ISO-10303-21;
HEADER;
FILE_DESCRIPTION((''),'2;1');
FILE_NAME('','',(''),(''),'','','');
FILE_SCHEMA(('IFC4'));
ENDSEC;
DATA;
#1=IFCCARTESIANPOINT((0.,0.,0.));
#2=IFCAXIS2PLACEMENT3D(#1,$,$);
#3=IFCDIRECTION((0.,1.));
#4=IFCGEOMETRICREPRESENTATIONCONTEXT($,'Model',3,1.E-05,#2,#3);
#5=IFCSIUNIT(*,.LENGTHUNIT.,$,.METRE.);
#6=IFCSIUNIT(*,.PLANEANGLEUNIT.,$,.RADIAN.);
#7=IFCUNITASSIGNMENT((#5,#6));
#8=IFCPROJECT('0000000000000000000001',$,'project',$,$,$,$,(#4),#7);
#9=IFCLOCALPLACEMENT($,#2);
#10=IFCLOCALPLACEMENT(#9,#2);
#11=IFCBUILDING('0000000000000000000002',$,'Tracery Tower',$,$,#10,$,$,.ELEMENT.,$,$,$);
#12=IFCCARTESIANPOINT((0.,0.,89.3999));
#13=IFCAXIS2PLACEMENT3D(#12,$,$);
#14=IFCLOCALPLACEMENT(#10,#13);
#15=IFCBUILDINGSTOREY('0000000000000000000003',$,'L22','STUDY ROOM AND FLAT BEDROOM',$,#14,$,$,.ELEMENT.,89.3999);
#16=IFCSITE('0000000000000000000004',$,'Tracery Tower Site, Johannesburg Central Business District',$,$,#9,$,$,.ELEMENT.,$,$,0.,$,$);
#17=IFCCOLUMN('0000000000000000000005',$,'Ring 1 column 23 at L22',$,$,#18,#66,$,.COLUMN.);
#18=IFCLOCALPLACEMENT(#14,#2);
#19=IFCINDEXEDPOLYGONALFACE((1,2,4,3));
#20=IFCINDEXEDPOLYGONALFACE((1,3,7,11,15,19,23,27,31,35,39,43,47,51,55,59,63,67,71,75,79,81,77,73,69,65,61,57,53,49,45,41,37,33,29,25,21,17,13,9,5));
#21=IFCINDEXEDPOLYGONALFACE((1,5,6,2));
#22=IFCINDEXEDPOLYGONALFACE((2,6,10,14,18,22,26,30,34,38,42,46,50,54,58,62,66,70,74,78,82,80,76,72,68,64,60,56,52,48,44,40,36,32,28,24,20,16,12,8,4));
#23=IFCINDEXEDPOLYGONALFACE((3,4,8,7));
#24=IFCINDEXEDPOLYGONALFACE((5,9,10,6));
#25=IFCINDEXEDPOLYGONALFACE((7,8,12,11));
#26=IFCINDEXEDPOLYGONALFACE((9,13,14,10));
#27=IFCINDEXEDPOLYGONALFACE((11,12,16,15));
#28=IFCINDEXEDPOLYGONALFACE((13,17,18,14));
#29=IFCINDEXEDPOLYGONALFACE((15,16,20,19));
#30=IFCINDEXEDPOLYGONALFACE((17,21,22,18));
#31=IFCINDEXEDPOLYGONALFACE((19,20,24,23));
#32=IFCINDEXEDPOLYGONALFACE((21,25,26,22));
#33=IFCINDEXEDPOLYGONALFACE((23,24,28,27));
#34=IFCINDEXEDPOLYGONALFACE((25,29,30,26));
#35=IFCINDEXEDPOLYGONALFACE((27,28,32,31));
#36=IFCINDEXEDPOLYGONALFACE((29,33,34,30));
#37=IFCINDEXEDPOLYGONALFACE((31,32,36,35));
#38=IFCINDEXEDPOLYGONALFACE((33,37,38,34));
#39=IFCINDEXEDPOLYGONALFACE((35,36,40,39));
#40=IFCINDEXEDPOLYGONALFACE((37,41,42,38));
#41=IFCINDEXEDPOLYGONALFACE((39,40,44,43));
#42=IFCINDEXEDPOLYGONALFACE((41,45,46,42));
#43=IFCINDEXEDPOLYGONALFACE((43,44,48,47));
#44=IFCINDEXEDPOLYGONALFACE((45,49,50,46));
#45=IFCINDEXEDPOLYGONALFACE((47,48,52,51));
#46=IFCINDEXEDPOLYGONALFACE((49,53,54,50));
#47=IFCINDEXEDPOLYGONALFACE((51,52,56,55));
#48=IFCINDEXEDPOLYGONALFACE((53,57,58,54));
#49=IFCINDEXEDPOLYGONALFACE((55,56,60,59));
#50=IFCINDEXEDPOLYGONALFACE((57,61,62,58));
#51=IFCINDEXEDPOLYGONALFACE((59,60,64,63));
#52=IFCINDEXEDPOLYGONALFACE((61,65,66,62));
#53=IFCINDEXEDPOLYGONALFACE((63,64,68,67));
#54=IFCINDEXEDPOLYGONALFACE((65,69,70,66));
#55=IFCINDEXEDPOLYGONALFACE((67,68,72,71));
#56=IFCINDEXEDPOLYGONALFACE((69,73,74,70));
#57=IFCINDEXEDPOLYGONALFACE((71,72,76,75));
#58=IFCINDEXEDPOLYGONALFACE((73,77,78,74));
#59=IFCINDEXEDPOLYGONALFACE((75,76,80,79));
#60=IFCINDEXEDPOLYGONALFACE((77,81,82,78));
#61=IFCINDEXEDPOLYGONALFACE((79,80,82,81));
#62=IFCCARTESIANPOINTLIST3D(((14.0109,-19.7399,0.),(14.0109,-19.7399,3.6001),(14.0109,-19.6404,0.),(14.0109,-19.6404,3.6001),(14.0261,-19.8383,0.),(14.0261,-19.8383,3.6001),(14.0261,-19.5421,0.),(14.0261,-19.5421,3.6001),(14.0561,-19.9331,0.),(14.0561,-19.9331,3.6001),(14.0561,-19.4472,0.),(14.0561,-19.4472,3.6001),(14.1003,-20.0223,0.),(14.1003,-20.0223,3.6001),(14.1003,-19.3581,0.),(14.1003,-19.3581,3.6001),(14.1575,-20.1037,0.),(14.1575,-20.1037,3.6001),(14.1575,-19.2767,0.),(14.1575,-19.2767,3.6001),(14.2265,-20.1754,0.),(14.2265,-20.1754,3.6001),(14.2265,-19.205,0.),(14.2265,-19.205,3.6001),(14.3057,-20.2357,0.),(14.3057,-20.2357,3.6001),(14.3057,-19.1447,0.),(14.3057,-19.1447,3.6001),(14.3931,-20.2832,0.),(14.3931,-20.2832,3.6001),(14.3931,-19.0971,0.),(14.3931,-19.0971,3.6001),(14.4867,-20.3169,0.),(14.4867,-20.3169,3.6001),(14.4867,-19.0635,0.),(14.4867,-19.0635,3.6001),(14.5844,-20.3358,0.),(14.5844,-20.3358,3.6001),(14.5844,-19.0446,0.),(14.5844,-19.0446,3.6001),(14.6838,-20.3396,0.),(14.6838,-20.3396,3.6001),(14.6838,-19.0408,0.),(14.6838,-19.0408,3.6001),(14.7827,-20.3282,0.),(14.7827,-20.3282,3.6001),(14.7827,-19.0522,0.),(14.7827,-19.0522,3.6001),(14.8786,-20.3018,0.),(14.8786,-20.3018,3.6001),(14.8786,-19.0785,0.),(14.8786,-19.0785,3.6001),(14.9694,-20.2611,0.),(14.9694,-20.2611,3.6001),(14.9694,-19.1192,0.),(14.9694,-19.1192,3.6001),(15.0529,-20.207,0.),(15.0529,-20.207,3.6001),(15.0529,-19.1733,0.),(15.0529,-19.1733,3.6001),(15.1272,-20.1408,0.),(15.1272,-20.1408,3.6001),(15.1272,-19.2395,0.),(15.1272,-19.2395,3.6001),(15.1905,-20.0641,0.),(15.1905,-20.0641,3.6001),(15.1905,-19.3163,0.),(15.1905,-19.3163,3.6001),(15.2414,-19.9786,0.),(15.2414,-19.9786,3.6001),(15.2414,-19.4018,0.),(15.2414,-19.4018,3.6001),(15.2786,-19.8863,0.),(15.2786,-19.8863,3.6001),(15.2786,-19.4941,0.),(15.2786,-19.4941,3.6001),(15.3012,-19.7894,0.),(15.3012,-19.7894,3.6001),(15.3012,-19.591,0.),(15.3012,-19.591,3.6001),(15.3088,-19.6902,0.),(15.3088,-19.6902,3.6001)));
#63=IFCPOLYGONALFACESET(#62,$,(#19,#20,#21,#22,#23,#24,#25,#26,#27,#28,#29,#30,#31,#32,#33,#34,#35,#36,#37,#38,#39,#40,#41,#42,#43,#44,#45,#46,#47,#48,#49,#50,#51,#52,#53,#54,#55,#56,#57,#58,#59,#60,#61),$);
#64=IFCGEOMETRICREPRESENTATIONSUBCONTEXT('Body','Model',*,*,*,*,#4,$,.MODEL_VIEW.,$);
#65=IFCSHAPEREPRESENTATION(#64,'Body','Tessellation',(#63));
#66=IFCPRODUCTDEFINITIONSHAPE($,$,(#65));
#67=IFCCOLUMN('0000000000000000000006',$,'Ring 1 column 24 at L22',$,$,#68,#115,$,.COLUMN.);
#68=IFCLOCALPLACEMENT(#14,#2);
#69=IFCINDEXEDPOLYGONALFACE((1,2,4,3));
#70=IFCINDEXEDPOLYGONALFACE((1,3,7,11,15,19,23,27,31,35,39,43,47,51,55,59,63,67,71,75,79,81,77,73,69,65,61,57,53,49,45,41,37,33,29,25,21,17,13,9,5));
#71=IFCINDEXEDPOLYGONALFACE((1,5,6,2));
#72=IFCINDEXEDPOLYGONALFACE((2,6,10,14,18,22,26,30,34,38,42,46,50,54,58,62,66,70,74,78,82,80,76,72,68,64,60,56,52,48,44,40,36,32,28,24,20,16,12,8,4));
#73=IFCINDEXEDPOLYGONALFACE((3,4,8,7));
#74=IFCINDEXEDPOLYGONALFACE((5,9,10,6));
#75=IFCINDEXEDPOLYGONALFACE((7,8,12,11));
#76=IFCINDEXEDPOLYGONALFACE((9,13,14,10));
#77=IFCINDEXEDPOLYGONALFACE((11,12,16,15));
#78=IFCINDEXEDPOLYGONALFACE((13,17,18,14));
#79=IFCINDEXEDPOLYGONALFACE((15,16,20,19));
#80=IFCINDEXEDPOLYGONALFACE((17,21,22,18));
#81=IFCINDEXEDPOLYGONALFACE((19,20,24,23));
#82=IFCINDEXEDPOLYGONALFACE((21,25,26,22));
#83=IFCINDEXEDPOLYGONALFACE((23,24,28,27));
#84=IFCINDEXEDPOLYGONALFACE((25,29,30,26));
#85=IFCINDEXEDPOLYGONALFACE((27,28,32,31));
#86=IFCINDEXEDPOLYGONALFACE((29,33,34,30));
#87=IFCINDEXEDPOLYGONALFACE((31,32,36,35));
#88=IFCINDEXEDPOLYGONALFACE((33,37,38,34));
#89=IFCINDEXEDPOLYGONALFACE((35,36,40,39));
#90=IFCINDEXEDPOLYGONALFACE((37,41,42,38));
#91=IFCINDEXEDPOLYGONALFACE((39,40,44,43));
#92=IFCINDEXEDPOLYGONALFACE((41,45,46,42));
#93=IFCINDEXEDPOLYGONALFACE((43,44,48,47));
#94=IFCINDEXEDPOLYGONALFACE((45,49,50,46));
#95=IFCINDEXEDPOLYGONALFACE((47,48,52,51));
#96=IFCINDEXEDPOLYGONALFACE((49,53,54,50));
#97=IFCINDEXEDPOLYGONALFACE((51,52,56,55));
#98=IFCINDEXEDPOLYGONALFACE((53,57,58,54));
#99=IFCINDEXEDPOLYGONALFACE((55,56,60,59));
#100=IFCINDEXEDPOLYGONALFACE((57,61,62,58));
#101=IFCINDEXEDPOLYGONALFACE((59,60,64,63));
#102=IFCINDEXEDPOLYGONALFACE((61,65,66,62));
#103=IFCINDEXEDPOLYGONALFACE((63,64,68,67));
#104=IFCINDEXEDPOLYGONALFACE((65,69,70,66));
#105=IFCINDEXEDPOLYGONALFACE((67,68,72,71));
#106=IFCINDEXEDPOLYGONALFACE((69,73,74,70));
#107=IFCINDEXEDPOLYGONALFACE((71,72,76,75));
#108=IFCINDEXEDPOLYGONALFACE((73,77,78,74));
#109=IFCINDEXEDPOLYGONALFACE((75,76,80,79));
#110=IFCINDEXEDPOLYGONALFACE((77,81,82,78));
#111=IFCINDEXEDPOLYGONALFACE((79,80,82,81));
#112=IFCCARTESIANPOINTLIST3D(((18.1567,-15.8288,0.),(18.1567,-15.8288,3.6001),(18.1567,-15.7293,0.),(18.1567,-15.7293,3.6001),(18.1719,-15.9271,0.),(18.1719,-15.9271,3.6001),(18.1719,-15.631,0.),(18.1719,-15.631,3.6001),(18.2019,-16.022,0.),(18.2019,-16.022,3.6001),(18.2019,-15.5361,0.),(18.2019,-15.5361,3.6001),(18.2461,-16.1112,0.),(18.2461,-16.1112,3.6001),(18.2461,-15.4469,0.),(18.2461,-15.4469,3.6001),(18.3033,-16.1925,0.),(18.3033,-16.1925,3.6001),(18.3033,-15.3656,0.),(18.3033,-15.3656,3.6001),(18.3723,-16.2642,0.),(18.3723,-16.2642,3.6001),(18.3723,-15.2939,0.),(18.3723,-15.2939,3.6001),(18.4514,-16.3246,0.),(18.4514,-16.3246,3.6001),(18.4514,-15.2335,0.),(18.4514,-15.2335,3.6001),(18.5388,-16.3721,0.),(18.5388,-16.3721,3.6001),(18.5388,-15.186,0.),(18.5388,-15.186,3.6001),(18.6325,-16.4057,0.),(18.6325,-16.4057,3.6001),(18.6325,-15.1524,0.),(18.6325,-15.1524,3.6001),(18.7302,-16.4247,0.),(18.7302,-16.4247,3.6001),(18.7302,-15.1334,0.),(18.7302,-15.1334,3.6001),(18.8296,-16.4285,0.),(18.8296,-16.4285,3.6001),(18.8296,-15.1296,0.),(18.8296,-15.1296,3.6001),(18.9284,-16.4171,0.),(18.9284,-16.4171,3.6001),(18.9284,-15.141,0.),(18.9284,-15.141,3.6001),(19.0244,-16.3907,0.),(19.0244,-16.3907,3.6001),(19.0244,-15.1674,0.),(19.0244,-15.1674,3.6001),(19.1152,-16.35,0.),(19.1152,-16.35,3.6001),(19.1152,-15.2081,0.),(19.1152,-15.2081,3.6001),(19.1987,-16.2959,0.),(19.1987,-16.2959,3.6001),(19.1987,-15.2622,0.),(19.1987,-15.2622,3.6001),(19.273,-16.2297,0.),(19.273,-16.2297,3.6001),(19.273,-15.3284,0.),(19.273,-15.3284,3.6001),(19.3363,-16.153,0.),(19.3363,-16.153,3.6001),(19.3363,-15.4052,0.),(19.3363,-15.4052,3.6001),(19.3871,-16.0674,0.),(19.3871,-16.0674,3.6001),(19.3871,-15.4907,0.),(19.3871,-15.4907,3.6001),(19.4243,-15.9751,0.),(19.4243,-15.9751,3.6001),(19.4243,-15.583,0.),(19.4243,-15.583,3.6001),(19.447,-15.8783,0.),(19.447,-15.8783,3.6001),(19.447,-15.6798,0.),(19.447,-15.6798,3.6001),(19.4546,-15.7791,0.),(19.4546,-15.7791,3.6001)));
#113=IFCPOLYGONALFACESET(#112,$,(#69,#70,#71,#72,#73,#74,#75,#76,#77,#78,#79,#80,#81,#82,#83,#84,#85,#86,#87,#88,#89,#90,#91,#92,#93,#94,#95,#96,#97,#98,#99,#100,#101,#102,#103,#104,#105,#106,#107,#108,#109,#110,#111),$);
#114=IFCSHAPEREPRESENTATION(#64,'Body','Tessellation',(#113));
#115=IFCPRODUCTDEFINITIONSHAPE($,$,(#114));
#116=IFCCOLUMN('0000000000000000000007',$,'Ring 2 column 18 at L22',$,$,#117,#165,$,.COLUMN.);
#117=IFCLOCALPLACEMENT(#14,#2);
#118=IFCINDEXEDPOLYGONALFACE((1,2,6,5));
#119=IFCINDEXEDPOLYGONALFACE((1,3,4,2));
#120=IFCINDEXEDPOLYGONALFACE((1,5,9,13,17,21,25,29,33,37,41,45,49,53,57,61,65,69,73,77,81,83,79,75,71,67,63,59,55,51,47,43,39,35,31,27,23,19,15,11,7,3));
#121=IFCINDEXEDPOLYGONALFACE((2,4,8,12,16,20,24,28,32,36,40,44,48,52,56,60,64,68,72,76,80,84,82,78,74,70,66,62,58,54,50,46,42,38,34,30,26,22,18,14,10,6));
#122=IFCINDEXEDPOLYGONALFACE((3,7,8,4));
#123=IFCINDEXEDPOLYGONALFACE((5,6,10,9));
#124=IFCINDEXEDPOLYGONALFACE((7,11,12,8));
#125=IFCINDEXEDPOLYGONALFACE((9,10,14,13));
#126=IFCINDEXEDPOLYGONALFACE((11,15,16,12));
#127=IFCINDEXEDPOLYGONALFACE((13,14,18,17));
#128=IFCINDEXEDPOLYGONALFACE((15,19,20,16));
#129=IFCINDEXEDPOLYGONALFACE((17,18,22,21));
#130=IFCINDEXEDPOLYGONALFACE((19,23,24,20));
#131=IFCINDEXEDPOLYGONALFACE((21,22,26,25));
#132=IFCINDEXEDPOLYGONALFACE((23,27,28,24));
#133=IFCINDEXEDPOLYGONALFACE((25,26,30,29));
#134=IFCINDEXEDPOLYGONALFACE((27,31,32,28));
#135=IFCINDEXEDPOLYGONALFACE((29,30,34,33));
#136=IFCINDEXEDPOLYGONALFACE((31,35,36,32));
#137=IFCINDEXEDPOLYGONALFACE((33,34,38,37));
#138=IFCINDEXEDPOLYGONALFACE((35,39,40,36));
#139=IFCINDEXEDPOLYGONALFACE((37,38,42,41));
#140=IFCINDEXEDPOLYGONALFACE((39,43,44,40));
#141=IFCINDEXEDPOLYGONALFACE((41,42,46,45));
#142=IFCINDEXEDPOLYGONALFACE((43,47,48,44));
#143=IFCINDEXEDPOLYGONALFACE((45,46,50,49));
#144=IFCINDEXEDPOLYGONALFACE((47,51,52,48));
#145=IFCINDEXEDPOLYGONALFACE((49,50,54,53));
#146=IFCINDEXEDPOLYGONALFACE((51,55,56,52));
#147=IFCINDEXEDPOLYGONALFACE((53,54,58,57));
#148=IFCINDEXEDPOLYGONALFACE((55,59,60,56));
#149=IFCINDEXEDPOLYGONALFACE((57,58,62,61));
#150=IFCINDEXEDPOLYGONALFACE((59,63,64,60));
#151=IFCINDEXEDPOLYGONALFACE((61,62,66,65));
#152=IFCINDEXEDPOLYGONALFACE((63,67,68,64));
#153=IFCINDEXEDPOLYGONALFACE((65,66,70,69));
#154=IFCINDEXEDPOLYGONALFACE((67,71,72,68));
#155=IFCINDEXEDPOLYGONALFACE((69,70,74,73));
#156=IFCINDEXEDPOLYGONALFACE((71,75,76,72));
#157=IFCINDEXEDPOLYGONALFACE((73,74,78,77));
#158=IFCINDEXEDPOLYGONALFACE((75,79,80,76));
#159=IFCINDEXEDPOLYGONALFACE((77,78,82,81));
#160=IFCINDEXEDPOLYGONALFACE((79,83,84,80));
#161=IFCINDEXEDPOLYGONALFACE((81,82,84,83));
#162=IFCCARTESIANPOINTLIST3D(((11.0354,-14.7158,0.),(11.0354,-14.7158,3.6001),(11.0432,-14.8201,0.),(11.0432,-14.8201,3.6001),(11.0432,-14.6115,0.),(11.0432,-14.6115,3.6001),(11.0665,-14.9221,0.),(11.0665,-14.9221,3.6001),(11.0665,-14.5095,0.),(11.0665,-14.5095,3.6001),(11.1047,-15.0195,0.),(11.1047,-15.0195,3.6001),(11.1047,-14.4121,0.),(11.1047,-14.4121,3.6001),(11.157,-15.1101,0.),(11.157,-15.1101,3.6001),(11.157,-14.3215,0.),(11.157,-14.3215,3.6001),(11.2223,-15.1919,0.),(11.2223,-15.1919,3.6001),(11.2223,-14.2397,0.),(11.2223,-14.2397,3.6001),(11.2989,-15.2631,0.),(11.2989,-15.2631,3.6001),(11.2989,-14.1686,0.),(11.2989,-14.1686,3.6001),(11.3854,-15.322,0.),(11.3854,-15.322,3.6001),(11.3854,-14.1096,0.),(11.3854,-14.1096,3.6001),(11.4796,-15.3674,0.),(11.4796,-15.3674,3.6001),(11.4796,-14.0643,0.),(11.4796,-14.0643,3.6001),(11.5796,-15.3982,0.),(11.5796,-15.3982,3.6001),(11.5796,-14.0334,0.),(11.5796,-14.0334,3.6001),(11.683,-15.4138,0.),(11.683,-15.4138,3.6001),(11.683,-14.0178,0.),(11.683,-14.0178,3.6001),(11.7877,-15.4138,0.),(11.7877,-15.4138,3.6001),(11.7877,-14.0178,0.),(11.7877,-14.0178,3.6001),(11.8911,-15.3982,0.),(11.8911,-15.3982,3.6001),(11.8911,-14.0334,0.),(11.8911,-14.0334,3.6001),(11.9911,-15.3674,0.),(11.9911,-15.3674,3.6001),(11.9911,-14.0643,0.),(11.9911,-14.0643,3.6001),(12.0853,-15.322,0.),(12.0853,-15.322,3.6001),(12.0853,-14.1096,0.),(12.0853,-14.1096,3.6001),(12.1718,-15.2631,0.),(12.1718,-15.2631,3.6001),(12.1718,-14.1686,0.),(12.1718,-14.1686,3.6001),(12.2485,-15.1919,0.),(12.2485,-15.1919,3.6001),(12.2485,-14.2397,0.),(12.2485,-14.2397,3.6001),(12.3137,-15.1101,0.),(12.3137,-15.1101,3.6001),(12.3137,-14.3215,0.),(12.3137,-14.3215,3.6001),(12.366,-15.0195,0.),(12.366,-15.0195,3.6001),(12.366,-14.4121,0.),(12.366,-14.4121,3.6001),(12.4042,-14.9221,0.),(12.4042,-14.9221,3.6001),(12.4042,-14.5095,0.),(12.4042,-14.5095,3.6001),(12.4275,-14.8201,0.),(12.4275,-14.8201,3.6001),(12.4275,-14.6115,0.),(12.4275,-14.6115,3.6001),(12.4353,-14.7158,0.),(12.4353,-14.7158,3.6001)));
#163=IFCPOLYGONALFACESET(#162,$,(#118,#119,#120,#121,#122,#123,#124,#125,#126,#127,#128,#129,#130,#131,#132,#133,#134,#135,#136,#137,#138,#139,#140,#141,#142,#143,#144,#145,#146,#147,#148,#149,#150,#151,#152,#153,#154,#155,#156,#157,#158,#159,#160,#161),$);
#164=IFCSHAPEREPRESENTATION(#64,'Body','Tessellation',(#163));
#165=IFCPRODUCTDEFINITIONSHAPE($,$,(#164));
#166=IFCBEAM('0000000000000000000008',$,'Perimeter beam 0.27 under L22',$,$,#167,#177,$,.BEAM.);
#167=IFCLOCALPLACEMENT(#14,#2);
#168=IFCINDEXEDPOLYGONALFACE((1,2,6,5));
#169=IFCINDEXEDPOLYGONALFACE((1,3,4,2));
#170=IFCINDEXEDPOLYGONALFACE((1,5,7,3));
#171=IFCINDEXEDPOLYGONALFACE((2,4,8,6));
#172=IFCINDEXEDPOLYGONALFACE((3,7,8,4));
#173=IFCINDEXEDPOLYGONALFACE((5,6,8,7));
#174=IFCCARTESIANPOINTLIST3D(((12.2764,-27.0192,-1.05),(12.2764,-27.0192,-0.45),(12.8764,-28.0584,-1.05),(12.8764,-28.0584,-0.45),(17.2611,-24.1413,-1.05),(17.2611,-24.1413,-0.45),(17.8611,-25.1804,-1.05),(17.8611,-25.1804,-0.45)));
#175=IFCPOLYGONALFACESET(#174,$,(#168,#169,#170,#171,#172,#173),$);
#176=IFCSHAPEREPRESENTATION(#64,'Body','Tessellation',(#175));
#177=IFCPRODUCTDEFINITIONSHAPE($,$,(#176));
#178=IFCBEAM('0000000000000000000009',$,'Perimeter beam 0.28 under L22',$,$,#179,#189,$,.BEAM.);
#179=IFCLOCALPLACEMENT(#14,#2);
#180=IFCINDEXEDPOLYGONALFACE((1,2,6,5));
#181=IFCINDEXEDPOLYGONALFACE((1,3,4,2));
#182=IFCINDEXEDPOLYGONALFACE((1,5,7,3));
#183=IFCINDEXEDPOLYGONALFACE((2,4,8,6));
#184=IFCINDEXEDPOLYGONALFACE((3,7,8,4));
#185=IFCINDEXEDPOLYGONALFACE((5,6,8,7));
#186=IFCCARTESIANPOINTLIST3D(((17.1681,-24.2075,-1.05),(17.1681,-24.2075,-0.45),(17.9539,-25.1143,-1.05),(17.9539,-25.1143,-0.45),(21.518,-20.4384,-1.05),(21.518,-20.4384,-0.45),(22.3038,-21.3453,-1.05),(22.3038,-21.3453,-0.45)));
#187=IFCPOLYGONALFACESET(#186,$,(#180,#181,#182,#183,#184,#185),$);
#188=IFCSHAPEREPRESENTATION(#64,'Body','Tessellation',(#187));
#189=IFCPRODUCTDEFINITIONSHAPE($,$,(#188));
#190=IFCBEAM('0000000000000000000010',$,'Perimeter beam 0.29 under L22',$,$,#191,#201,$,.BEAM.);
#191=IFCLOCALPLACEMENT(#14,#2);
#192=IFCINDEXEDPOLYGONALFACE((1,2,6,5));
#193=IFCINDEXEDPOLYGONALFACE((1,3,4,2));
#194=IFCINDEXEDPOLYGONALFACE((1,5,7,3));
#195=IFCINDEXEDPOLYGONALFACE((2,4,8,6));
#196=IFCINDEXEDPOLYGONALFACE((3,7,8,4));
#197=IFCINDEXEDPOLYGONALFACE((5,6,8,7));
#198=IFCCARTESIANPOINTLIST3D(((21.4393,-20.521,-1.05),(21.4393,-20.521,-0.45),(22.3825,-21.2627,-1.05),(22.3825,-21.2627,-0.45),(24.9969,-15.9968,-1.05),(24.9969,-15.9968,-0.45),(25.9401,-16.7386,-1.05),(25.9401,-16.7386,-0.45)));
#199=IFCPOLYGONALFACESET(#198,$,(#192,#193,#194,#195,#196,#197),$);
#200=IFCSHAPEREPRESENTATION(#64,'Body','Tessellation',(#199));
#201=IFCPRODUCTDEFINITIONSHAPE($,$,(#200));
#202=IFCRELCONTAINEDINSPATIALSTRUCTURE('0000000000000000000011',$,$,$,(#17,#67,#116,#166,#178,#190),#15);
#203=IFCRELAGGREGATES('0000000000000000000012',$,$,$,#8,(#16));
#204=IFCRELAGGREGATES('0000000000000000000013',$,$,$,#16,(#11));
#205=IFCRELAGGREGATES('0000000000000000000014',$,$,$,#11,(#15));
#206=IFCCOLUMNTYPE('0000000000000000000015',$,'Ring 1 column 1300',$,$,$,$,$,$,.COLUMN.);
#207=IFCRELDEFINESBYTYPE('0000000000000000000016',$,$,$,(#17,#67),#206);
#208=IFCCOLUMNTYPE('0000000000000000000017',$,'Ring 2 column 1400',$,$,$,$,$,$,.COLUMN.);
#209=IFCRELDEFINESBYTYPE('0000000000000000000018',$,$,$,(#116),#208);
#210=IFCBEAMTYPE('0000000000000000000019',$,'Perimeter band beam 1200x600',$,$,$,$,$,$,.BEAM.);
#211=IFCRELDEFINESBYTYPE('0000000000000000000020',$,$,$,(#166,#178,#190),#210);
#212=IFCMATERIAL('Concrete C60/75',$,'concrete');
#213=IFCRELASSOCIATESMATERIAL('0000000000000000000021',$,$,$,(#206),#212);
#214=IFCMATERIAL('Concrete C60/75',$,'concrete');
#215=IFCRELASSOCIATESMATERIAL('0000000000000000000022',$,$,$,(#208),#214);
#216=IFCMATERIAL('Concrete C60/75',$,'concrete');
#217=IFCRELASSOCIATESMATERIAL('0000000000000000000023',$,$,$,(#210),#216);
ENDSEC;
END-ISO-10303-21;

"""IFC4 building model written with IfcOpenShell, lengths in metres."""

from ifc_helpers import new_model, si_unit, direction, frame, origin, origin_2d, place, context, subcontext, project, spatial, rectangle, circle, extrude, material, material_profile, profile_set, type_object, element, save


model = new_model("IFC4")

# Units and contexts
model_context = context("Model", 3, precision=1e-05, world=origin(), true_north=direction((0.0, 1.0)))
body_context = subcontext(model_context, "Body", "Model", "MODEL_VIEW")
ifc_project = project(units=[si_unit("LENGTHUNIT", "METRE"), si_unit("PLANEANGLEUNIT", "RADIAN")], contexts=[model_context])

# Site, building, storey
site_placement = place(None, origin())
site = spatial("IfcSite", under=ifc_project, at=site_placement, Name="Tracery Tower Site, Johannesburg Central Business District", CompositionType="ELEMENT", RefElevation=0.0)
building_placement = place(site_placement, origin())
building = spatial("IfcBuilding", under=site, at=building_placement, Name="Tracery Tower", CompositionType="ELEMENT")
storey_placement = place(building_placement, frame((0.0, 0.0, 89.3999)))
storey = spatial("IfcBuildingStorey", under=building, at=storey_placement, Name="L22", Description="STUDY ROOM AND FLAT BEDROOM", CompositionType="ELEMENT", Elevation=89.3999)

# Columns
ifc_material_1 = material(Name="Concrete C60/75", Category="concrete")
ifc_material_profile_1 = material_profile(ifc_material_1, circle(Radius=0.6499, at=origin_2d()), Name="RC D1300")
ifc_profile_set_1 = profile_set([ifc_material_profile_1], Name="Concrete C60/75")
column_type_1 = type_object("IfcColumnType", Name="Ring 1 column 1300", PredefinedType="COLUMN", material=ifc_profile_set_1)
for number, where, z_axis, x_axis, name in (
    (1, (14.6589, -19.6902, 0.0), (0.0, 0.0, 1.0), (1.0, 0.0, 0.0), "Ring 1 column 23 at L22"),
    (2, (18.8047, -15.7791, 0.0), (0.0, 0.0, 1.0), (1.0, 0.0, 0.0), "Ring 1 column 24 at L22"),
):
    element("IfcColumn", number, at=place(storey_placement, frame(where, z_axis=z_axis, x_axis=x_axis)), inside=storey, type_object=column_type_1, Name=name, PredefinedType="COLUMN", context=body_context, shape_type="SweptSolid", body=[
        extrude(circle(Radius=0.6499, at=origin_2d()), origin(), (0.0, 0.0, 1.0), 3.6001),
    ])
ifc_material_2 = material(Name="Concrete C60/75", Category="concrete")
ifc_material_profile_2 = material_profile(ifc_material_2, circle(Radius=0.7, at=origin_2d()), Name="RC D1400")
ifc_profile_set_2 = profile_set([ifc_material_profile_2], Name="Concrete C60/75")
column_type_2 = type_object("IfcColumnType", Name="Ring 2 column 1400", PredefinedType="COLUMN", material=ifc_profile_set_2)
column_placement = place(storey_placement, frame((11.7354, -14.7158, 0.0), z_axis=(0.0, 0.0, 1.0), x_axis=(1.0, 0.0, 0.0)))
element("IfcColumn", 3, at=column_placement, inside=storey, type_object=column_type_2, Name="Ring 2 column 18 at L22", PredefinedType="COLUMN", context=body_context, shape_type="SweptSolid", body=[
    extrude(circle(Radius=0.7, at=origin_2d()), origin(), (0.0, 0.0, 1.0), 3.6001),
])

# Beams
ifc_material_3 = material(Name="Concrete C60/75", Category="concrete")
ifc_material_profile_3 = material_profile(ifc_material_3, rectangle(XDim=1.2, YDim=0.6001, at=origin_2d()), Name="RC 1200x600")
ifc_profile_set_3 = profile_set([ifc_material_profile_3], Name="Concrete C60/75")
beam_type = type_object("IfcBeamType", Name="Perimeter band beam 1200x600", PredefinedType="BEAM", material=ifc_profile_set_3)
beam_1_placement = place(storey_placement, frame((12.5764, -27.5388, -0.75), z_axis=(0.866021, 0.500008, 0.0), x_axis=(-0.500008, 0.866021, 0.0)))
element("IfcBeam", 4, at=beam_1_placement, inside=storey, type_object=beam_type, Name="Perimeter beam 0.27 under L22", PredefinedType="BEAM", context=body_context, shape_type="SweptSolid", body=[
    extrude(rectangle(XDim=1.2, YDim=0.6001, at=origin_2d()), origin(), (0.0, 0.0, 1.0), 5.7559),
])
beam_2_placement = place(storey_placement, frame((17.561, -24.6609, -0.75), z_axis=(0.75576, 0.654848, 0.0), x_axis=(-0.654848, 0.75576, 0.0)))
element("IfcBeam", 5, at=beam_2_placement, inside=storey, type_object=beam_type, Name="Perimeter beam 0.28 under L22", PredefinedType="BEAM", context=body_context, shape_type="SweptSolid", body=[
    extrude(rectangle(XDim=1.2, YDim=0.6001, at=origin_2d()), origin(), (0.0, 0.0, 1.0), 5.7556),
])
beam_3_placement = place(storey_placement, frame((21.9109, -20.8918, -0.75), z_axis=(0.618134, 0.786072, 0.0), x_axis=(-0.786072, 0.618134, 0.0)))
element("IfcBeam", 6, at=beam_3_placement, inside=storey, type_object=beam_type, Name="Perimeter beam 0.29 under L22", PredefinedType="BEAM", context=body_context, shape_type="SweptSolid", body=[
    extrude(rectangle(XDim=1.2, YDim=0.6001, at=origin_2d()), origin(), (0.0, 0.0, 1.0), 5.7554),
])

save(model, "model.ifc")
